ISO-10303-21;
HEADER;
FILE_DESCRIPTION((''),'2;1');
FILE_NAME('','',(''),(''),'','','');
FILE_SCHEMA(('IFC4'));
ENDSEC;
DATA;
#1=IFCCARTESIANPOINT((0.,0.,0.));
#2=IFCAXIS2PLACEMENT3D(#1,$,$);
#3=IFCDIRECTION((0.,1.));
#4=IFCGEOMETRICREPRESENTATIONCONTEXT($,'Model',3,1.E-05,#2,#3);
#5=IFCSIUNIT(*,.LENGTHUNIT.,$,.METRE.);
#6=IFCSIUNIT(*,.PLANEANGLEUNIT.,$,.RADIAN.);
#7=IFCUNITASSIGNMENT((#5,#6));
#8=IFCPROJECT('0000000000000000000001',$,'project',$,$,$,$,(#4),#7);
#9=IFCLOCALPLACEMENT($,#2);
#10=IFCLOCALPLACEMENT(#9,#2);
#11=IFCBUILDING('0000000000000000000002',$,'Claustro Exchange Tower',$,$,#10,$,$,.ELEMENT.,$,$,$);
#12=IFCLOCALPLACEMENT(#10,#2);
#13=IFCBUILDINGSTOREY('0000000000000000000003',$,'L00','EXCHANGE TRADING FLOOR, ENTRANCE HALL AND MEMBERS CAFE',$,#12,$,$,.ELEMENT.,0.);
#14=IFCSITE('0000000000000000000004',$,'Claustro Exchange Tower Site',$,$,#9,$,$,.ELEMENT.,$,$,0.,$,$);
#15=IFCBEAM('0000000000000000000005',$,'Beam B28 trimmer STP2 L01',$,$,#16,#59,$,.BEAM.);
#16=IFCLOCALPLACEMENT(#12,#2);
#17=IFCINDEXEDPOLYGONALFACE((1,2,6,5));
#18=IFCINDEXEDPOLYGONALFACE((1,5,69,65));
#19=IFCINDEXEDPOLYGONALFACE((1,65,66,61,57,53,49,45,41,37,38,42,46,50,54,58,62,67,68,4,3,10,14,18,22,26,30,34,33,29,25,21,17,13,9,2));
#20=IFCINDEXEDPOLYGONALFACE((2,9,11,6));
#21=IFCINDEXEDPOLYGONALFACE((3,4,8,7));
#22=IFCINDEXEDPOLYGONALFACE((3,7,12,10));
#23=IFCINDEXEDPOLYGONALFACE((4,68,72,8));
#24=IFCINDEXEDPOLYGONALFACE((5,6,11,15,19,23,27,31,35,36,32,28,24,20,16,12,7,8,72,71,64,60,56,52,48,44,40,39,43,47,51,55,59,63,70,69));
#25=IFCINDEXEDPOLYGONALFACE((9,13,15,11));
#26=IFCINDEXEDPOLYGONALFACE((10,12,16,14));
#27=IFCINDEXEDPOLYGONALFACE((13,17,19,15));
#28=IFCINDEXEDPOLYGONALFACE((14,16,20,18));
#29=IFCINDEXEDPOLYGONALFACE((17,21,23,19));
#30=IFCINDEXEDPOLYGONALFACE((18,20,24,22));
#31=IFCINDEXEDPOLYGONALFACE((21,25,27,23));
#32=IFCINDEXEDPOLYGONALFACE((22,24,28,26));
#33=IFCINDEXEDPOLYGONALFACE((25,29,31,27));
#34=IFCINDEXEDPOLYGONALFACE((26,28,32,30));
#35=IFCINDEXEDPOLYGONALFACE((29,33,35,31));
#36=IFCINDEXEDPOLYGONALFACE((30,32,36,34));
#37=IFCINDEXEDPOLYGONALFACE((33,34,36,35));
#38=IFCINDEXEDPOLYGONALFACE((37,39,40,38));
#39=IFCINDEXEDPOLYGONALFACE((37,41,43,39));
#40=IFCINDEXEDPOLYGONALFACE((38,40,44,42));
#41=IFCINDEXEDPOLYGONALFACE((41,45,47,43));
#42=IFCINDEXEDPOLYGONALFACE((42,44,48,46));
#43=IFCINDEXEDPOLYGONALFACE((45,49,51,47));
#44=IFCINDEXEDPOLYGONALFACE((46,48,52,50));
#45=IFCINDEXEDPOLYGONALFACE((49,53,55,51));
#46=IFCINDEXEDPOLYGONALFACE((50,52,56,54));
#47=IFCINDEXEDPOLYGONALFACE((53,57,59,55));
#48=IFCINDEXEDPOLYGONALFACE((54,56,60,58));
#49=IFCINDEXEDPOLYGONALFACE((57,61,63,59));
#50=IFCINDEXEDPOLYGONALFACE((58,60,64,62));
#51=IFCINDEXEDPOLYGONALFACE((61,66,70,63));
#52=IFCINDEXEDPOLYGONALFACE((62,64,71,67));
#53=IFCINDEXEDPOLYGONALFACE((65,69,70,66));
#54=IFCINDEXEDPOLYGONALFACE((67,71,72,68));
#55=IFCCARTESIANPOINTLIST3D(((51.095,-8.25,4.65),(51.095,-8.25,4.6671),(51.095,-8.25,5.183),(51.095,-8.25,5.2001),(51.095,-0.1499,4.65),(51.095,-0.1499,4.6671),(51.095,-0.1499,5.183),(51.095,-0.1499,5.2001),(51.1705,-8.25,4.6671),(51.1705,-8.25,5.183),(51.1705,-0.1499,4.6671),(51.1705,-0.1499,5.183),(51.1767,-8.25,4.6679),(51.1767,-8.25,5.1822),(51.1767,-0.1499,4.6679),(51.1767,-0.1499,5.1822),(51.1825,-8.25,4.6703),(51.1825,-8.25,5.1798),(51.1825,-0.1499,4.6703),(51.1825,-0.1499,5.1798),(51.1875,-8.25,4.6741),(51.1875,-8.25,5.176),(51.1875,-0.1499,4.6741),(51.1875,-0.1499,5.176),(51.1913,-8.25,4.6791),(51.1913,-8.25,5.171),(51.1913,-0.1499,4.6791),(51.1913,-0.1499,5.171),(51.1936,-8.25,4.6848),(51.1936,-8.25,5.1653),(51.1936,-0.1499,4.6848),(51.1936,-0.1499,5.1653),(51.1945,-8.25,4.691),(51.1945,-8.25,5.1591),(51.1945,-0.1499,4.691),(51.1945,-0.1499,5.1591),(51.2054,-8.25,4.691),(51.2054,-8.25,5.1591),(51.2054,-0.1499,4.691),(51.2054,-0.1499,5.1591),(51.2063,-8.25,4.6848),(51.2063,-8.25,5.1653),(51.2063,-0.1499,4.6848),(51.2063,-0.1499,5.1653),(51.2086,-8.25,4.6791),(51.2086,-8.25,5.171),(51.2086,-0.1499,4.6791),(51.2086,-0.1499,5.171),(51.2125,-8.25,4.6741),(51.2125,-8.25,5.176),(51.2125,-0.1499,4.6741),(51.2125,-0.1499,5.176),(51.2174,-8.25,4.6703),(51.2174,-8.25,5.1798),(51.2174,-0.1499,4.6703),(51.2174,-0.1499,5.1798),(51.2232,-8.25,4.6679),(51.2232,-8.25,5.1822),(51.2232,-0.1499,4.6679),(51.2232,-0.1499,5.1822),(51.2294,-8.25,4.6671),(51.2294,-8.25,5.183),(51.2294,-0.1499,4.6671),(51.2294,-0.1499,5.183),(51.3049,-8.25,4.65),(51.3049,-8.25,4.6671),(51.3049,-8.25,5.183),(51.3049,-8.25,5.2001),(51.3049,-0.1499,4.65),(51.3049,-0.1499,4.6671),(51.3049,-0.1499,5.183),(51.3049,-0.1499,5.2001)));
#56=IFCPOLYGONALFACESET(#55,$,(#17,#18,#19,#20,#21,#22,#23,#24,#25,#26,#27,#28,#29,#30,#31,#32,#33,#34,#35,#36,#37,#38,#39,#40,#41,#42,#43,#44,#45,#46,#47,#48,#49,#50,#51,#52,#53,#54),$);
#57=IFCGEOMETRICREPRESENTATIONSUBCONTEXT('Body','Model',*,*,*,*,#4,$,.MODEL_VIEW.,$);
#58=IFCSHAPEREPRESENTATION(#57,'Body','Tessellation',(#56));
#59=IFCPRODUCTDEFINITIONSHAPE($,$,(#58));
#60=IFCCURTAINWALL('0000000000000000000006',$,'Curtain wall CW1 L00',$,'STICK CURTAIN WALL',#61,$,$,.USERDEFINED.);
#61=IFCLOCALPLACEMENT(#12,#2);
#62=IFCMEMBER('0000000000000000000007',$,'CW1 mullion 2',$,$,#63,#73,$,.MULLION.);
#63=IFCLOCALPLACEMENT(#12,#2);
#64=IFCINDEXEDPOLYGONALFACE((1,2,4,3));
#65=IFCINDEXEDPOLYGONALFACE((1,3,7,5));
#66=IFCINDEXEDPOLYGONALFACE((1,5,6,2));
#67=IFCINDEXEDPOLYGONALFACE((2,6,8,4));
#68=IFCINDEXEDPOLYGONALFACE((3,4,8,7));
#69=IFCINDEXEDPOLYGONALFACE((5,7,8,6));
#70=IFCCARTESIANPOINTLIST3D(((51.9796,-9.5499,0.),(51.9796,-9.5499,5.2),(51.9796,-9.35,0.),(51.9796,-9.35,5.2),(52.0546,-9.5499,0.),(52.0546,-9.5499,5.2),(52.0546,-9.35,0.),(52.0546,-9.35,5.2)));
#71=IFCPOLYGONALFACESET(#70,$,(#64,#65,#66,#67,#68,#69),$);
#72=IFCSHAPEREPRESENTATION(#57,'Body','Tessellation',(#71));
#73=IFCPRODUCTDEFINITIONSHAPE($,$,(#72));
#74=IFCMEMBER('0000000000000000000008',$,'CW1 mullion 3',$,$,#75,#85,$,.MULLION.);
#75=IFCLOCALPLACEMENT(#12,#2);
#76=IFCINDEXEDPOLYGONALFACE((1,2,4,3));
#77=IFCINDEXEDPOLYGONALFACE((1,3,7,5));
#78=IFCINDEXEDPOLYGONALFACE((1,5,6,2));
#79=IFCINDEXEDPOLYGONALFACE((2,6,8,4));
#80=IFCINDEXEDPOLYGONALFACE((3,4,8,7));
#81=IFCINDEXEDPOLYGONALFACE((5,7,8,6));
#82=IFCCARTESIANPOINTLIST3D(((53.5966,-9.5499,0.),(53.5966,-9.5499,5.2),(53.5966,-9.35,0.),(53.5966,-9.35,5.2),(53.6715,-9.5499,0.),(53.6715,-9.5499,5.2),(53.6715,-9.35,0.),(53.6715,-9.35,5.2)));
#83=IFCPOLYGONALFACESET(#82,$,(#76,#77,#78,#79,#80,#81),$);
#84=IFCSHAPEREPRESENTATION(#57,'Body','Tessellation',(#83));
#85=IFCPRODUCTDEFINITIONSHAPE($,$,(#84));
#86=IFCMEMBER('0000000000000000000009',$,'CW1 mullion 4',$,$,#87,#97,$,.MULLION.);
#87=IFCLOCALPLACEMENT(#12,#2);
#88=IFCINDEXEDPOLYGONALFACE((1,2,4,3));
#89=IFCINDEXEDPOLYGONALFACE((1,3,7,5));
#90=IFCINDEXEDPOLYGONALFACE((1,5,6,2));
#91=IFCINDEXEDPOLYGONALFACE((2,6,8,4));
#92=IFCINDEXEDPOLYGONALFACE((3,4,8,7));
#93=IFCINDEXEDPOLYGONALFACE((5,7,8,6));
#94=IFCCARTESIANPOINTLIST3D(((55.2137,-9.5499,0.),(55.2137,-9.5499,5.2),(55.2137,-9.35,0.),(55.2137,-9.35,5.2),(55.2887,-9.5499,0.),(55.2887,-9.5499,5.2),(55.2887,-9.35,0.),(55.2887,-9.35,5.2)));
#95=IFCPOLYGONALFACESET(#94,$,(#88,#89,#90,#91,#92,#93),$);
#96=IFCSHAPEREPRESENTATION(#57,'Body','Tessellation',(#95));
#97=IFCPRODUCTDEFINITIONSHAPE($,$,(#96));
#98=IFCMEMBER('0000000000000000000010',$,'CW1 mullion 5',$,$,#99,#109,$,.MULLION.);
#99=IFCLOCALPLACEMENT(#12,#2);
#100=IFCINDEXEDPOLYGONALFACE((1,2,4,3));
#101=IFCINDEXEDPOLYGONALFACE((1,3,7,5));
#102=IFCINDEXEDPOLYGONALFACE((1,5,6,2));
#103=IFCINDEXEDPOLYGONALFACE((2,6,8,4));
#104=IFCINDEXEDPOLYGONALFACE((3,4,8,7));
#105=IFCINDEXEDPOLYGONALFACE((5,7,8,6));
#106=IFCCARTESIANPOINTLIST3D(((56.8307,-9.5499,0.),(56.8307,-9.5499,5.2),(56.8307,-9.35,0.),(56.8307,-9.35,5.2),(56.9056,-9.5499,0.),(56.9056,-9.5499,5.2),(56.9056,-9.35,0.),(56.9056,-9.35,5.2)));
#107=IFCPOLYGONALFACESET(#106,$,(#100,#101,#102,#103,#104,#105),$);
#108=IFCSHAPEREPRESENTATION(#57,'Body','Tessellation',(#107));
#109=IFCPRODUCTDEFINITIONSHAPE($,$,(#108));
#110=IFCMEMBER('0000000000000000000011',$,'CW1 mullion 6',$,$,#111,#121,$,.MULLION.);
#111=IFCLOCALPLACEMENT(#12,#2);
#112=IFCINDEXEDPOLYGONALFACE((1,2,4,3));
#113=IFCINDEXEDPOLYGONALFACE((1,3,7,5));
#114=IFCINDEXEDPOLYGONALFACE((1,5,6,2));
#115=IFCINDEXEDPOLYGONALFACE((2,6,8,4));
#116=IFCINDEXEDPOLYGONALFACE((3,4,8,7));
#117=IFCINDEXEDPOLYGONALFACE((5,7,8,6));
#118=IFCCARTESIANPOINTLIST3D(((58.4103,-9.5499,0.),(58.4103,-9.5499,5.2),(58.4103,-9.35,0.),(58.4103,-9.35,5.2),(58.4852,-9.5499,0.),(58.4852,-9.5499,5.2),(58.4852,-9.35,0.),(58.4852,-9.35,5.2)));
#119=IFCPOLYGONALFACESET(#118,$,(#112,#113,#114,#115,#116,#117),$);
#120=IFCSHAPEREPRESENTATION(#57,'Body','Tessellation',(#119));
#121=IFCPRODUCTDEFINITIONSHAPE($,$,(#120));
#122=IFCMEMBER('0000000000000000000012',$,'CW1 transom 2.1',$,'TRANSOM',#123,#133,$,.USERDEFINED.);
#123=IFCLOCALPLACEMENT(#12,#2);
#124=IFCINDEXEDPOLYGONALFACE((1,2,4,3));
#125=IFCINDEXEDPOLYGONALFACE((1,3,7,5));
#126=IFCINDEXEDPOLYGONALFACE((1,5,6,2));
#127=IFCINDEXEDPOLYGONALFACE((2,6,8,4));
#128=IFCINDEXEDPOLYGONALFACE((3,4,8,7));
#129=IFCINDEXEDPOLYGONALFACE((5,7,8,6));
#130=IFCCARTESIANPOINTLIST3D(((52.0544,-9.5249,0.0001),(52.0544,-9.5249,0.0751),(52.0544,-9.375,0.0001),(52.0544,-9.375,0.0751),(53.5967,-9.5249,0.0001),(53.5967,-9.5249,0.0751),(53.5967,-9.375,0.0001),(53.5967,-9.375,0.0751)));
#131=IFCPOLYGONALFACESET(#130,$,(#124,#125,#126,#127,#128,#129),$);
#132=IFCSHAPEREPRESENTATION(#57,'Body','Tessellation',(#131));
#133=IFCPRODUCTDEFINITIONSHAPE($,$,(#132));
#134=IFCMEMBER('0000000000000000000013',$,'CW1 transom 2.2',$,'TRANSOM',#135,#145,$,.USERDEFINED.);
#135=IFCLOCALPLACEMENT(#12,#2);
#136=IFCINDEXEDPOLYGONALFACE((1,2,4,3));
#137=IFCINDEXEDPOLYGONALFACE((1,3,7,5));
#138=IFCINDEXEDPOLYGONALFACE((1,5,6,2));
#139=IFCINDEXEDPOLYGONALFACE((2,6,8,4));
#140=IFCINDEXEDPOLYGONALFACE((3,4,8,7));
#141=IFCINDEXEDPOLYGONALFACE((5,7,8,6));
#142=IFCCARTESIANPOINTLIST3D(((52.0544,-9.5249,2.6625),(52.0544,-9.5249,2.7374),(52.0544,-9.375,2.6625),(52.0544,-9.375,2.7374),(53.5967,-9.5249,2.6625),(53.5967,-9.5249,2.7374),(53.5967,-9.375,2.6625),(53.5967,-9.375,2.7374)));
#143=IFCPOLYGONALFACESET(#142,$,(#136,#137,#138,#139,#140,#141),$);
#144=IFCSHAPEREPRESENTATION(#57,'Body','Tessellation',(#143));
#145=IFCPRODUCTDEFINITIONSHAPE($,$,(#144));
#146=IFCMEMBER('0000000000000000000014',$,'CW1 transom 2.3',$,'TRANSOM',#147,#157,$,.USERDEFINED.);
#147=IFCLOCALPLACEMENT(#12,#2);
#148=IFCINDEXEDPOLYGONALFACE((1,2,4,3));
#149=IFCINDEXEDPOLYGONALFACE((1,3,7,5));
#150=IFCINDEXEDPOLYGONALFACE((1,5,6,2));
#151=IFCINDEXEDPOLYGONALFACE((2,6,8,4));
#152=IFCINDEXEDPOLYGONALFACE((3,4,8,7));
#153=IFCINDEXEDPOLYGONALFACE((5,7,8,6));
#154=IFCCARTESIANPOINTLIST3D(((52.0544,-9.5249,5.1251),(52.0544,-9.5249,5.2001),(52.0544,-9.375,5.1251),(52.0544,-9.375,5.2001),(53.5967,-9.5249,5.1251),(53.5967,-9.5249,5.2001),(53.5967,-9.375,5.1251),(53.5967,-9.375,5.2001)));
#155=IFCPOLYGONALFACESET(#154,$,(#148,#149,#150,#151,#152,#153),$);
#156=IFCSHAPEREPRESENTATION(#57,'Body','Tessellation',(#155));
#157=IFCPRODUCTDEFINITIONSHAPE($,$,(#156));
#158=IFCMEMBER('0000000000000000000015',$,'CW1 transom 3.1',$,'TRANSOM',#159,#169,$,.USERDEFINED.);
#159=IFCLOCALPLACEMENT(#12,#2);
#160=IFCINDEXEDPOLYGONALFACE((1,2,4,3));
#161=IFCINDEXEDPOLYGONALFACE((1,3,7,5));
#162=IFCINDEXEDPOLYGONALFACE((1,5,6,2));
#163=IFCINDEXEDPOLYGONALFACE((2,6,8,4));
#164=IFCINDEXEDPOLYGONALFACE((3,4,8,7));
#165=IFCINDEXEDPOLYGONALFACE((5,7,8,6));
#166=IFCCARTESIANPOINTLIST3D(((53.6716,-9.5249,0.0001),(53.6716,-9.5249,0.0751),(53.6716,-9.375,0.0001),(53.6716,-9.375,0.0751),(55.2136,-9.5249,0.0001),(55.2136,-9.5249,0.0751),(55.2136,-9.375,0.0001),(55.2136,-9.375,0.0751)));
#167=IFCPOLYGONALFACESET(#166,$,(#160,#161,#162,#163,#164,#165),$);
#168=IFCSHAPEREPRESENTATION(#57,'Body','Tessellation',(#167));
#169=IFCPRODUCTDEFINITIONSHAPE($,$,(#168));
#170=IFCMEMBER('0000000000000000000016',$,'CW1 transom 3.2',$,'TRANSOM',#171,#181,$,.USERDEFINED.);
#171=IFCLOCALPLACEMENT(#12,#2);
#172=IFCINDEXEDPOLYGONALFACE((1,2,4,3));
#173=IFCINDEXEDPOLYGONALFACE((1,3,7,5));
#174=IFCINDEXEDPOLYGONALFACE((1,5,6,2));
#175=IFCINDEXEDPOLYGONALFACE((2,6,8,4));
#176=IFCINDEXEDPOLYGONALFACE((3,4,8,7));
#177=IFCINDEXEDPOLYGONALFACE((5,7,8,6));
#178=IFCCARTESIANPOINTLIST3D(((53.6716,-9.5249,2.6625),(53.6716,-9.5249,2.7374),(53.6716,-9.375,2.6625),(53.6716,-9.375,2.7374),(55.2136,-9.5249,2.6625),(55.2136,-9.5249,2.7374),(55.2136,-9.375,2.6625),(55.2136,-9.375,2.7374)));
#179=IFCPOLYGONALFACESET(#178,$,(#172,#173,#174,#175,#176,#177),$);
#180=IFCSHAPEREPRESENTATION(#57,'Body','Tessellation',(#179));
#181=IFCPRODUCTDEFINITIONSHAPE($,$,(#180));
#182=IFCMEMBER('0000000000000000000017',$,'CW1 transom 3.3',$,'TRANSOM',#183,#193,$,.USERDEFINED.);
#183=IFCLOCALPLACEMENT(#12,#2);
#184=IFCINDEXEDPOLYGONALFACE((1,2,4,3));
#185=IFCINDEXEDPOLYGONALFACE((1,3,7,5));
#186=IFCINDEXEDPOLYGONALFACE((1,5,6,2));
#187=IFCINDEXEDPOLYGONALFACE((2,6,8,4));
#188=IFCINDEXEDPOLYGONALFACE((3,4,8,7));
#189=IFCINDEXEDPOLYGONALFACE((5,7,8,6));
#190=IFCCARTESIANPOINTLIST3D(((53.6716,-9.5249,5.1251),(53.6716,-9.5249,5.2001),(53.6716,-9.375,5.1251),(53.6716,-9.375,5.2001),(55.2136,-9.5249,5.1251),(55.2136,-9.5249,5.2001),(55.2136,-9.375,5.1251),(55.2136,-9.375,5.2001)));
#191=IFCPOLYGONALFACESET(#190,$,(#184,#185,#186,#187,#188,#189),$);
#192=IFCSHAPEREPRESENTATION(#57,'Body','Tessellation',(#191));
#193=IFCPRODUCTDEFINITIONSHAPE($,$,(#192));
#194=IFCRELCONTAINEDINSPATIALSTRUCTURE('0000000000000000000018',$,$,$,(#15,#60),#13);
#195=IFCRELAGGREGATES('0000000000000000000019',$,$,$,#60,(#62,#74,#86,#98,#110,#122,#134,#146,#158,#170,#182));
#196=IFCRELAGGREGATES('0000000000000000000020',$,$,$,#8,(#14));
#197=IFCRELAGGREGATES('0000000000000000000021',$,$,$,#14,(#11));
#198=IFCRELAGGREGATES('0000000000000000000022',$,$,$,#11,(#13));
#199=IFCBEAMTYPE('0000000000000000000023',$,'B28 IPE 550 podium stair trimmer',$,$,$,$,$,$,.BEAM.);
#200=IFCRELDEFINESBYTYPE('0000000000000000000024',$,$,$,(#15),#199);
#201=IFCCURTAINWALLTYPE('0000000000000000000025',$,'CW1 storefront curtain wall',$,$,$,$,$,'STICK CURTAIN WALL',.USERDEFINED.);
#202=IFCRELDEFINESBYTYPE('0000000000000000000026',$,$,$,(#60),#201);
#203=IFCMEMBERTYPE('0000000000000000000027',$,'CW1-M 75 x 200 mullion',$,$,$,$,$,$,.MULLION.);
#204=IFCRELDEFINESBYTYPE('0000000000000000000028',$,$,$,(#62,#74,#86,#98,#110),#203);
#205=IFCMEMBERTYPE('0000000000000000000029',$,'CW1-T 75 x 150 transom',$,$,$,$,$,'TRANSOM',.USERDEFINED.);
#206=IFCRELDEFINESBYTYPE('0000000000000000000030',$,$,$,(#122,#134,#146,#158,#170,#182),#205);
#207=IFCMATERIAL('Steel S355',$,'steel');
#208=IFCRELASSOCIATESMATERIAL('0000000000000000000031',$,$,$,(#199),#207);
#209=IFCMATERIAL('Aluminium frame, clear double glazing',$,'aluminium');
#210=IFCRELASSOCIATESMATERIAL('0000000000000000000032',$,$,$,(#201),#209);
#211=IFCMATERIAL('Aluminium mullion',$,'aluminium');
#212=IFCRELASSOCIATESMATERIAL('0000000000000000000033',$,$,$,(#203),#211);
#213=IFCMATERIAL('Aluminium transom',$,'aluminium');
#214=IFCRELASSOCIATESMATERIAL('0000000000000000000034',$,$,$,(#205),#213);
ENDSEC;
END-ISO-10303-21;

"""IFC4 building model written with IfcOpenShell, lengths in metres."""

from ifc_helpers import new_model, si_unit, direction, frame, origin, origin_2d, place, context, subcontext, project, spatial, rectangle, i_section, extrude, material, material_profile, profile_set, type_object, element, aggregate, save


model = new_model("IFC4")

# Units and contexts
model_context = context("Model", 3, precision=1e-05, world=origin(), true_north=direction((0.0, 1.0)))
body_context = subcontext(model_context, "Body", "Model", "MODEL_VIEW")
ifc_project = project(units=[si_unit("LENGTHUNIT", "METRE"), si_unit("PLANEANGLEUNIT", "RADIAN")], contexts=[model_context])

# Site, building, storey
site_placement = place(None, origin())
site = spatial("IfcSite", under=ifc_project, at=site_placement, Name="Claustro Exchange Tower Site", CompositionType="ELEMENT", RefElevation=0.0)
building_placement = place(site_placement, origin())
building = spatial("IfcBuilding", under=site, at=building_placement, Name="Claustro Exchange Tower", CompositionType="ELEMENT")
storey_placement = place(building_placement, origin())
storey = spatial("IfcBuildingStorey", under=building, at=storey_placement, Name="L00", Description="EXCHANGE TRADING FLOOR, ENTRANCE HALL AND MEMBERS CAFE", CompositionType="ELEMENT", Elevation=0.0)

# Beam
ifc_material_1 = material(Name="Steel S355", Category="steel")
ifc_material_profile_1 = material_profile(ifc_material_1, i_section(OverallWidth=0.21, OverallDepth=0.55, WebThickness=0.011, FlangeThickness=0.0171, FilletRadius=0.0239, at=origin_2d()), Name="IPE 550")
ifc_profile_set_1 = profile_set([ifc_material_profile_1], Name="Steel S355")
beam_type_1 = type_object("IfcBeamType", Name="B28 IPE 550 podium stair trimmer", PredefinedType="BEAM", material=ifc_profile_set_1)
beam_1_placement = place(storey_placement, frame((51.2, -8.25, 4.925), z_axis=(0.0, 1.0, 0.0), x_axis=(-1.0, 0.0, 0.0)))
element("IfcBeam", 1, at=beam_1_placement, inside=storey, type_object=beam_type_1, Name="Beam B28 trimmer STP2 L01", PredefinedType="BEAM", context=body_context, shape_type="SweptSolid", body=[
    extrude(i_section(OverallWidth=0.21, OverallDepth=0.55, WebThickness=0.011, FlangeThickness=0.0171, FilletRadius=0.0239, at=origin_2d()), origin(), (0.0, 0.0, 1.0), 8.1001),
])

# Curtain wall, members
ifc_material_2 = material(Name="Aluminium frame, clear double glazing", Category="aluminium")
curtain_wall_type = type_object("IfcCurtainWallType", Name="CW1 storefront curtain wall", ElementType="STICK CURTAIN WALL", PredefinedType="USERDEFINED", material=ifc_material_2)
curtain_wall_placement = place(storey_placement, origin())
curtain_wall = element("IfcCurtainWall", 2, at=curtain_wall_placement, inside=storey, type_object=curtain_wall_type, Name="Curtain wall CW1 L00", ObjectType="STICK CURTAIN WALL", PredefinedType="USERDEFINED")
ifc_material_3 = material(Name="Aluminium mullion", Category="aluminium")
ifc_material_profile_2 = material_profile(ifc_material_3, rectangle(XDim=0.2, YDim=0.075, at=origin_2d()), Name="CW1-M 75x200")
ifc_profile_set_2 = profile_set([ifc_material_profile_2], Name="Aluminium mullion")
member_type_1 = type_object("IfcMemberType", Name="CW1-M 75 x 200 mullion", PredefinedType="MULLION", material=ifc_profile_set_2)
member_1_placement = place(storey_placement, frame((52.0171, -9.45, 0.0), z_axis=(0.0, 0.0, 1.0), x_axis=(0.0, 1.0, 0.0)))
member_1 = element("IfcMember", 3, at=member_1_placement, type_object=member_type_1, Name="CW1 mullion 2", PredefinedType="MULLION", context=body_context, shape_type="SweptSolid", body=[
    extrude(rectangle(XDim=0.2, YDim=0.075, at=origin_2d()), origin(), (0.0, 0.0, 1.0), 5.2),
])
member_2_placement = place(storey_placement, frame((53.634, -9.45, 0.0), z_axis=(0.0, 0.0, 1.0), x_axis=(0.0, 1.0, 0.0)))
member_2 = element("IfcMember", 4, at=member_2_placement, type_object=member_type_1, Name="CW1 mullion 3", PredefinedType="MULLION", context=body_context, shape_type="SweptSolid", body=[
    extrude(rectangle(XDim=0.2, YDim=0.075, at=origin_2d()), origin(), (0.0, 0.0, 1.0), 5.2),
])
member_3_placement = place(storey_placement, frame((55.2512, -9.45, 0.0), z_axis=(0.0, 0.0, 1.0), x_axis=(0.0, 1.0, 0.0)))
member_3 = element("IfcMember", 5, at=member_3_placement, type_object=member_type_1, Name="CW1 mullion 4", PredefinedType="MULLION", context=body_context, shape_type="SweptSolid", body=[
    extrude(rectangle(XDim=0.2, YDim=0.075, at=origin_2d()), origin(), (0.0, 0.0, 1.0), 5.2),
])
member_4_placement = place(storey_placement, frame((56.8682, -9.45, 0.0), z_axis=(0.0, 0.0, 1.0), x_axis=(0.0, 1.0, 0.0)))
member_4 = element("IfcMember", 6, at=member_4_placement, type_object=member_type_1, Name="CW1 mullion 5", PredefinedType="MULLION", context=body_context, shape_type="SweptSolid", body=[
    extrude(rectangle(XDim=0.2, YDim=0.075, at=origin_2d()), origin(), (0.0, 0.0, 1.0), 5.2),
])
member_5_placement = place(storey_placement, frame((58.4478, -9.45, 0.0), z_axis=(0.0, 0.0, 1.0), x_axis=(0.0, 1.0, 0.0)))
member_5 = element("IfcMember", 7, at=member_5_placement, type_object=member_type_1, Name="CW1 mullion 6", PredefinedType="MULLION", context=body_context, shape_type="SweptSolid", body=[
    extrude(rectangle(XDim=0.2, YDim=0.075, at=origin_2d()), origin(), (0.0, 0.0, 1.0), 5.2),
])
ifc_material_4 = material(Name="Aluminium transom", Category="aluminium")
ifc_material_profile_3 = material_profile(ifc_material_4, rectangle(XDim=0.1499, YDim=0.075, at=origin_2d()), Name="CW1-T 75x150")
ifc_profile_set_3 = profile_set([ifc_material_profile_3], Name="Aluminium transom")
member_type_2 = type_object("IfcMemberType", Name="CW1-T 75 x 150 transom", ElementType="TRANSOM", PredefinedType="USERDEFINED", material=ifc_profile_set_3)
member_6_placement = place(storey_placement, frame((52.0544, -9.45, 0.0376), z_axis=(1.0, 0.0, 0.0), x_axis=(0.0, 1.0, 0.0)))
member_6 = element("IfcMember", 8, at=member_6_placement, type_object=member_type_2, Name="CW1 transom 2.1", ObjectType="TRANSOM", PredefinedType="USERDEFINED", context=body_context, shape_type="SweptSolid", body=[
    extrude(rectangle(XDim=0.1499, YDim=0.075, at=origin_2d()), origin(), (0.0, 0.0, 1.0), 1.5422),
])
member_7_placement = place(storey_placement, frame((52.0544, -9.45, 2.7), z_axis=(1.0, 0.0, 0.0), x_axis=(0.0, 1.0, 0.0)))
member_7 = element("IfcMember", 9, at=member_7_placement, type_object=member_type_2, Name="CW1 transom 2.2", ObjectType="TRANSOM", PredefinedType="USERDEFINED", context=body_context, shape_type="SweptSolid", body=[
    extrude(rectangle(XDim=0.1499, YDim=0.075, at=origin_2d()), origin(), (0.0, 0.0, 1.0), 1.5422),
])
member_8_placement = place(storey_placement, frame((52.0544, -9.45, 5.1626), z_axis=(1.0, 0.0, 0.0), x_axis=(0.0, 1.0, 0.0)))
member_8 = element("IfcMember", 10, at=member_8_placement, type_object=member_type_2, Name="CW1 transom 2.3", ObjectType="TRANSOM", PredefinedType="USERDEFINED", context=body_context, shape_type="SweptSolid", body=[
    extrude(rectangle(XDim=0.1499, YDim=0.075, at=origin_2d()), origin(), (0.0, 0.0, 1.0), 1.5422),
])
member_9_placement = place(storey_placement, frame((53.6716, -9.45, 0.0376), z_axis=(1.0, 0.0, 0.0), x_axis=(0.0, 1.0, 0.0)))
member_9 = element("IfcMember", 11, at=member_9_placement, type_object=member_type_2, Name="CW1 transom 3.1", ObjectType="TRANSOM", PredefinedType="USERDEFINED", context=body_context, shape_type="SweptSolid", body=[
    extrude(rectangle(XDim=0.1499, YDim=0.075, at=origin_2d()), origin(), (0.0, 0.0, 1.0), 1.542),
])
member_10_placement = place(storey_placement, frame((53.6716, -9.45, 2.7), z_axis=(1.0, 0.0, 0.0), x_axis=(0.0, 1.0, 0.0)))
member_10 = element("IfcMember", 12, at=member_10_placement, type_object=member_type_2, Name="CW1 transom 3.2", ObjectType="TRANSOM", PredefinedType="USERDEFINED", context=body_context, shape_type="SweptSolid", body=[
    extrude(rectangle(XDim=0.1499, YDim=0.075, at=origin_2d()), origin(), (0.0, 0.0, 1.0), 1.542),
])
member_11_placement = place(storey_placement, frame((53.6716, -9.45, 5.1626), z_axis=(1.0, 0.0, 0.0), x_axis=(0.0, 1.0, 0.0)))
member_11 = element("IfcMember", 13, at=member_11_placement, type_object=member_type_2, Name="CW1 transom 3.3", ObjectType="TRANSOM", PredefinedType="USERDEFINED", context=body_context, shape_type="SweptSolid", body=[
    extrude(rectangle(XDim=0.1499, YDim=0.075, at=origin_2d()), origin(), (0.0, 0.0, 1.0), 1.542),
])
aggregate(curtain_wall, [member_1, member_2, member_3, member_4, member_5, member_6, member_7, member_8, member_9, member_10, member_11])

save(model, "model.ifc")
